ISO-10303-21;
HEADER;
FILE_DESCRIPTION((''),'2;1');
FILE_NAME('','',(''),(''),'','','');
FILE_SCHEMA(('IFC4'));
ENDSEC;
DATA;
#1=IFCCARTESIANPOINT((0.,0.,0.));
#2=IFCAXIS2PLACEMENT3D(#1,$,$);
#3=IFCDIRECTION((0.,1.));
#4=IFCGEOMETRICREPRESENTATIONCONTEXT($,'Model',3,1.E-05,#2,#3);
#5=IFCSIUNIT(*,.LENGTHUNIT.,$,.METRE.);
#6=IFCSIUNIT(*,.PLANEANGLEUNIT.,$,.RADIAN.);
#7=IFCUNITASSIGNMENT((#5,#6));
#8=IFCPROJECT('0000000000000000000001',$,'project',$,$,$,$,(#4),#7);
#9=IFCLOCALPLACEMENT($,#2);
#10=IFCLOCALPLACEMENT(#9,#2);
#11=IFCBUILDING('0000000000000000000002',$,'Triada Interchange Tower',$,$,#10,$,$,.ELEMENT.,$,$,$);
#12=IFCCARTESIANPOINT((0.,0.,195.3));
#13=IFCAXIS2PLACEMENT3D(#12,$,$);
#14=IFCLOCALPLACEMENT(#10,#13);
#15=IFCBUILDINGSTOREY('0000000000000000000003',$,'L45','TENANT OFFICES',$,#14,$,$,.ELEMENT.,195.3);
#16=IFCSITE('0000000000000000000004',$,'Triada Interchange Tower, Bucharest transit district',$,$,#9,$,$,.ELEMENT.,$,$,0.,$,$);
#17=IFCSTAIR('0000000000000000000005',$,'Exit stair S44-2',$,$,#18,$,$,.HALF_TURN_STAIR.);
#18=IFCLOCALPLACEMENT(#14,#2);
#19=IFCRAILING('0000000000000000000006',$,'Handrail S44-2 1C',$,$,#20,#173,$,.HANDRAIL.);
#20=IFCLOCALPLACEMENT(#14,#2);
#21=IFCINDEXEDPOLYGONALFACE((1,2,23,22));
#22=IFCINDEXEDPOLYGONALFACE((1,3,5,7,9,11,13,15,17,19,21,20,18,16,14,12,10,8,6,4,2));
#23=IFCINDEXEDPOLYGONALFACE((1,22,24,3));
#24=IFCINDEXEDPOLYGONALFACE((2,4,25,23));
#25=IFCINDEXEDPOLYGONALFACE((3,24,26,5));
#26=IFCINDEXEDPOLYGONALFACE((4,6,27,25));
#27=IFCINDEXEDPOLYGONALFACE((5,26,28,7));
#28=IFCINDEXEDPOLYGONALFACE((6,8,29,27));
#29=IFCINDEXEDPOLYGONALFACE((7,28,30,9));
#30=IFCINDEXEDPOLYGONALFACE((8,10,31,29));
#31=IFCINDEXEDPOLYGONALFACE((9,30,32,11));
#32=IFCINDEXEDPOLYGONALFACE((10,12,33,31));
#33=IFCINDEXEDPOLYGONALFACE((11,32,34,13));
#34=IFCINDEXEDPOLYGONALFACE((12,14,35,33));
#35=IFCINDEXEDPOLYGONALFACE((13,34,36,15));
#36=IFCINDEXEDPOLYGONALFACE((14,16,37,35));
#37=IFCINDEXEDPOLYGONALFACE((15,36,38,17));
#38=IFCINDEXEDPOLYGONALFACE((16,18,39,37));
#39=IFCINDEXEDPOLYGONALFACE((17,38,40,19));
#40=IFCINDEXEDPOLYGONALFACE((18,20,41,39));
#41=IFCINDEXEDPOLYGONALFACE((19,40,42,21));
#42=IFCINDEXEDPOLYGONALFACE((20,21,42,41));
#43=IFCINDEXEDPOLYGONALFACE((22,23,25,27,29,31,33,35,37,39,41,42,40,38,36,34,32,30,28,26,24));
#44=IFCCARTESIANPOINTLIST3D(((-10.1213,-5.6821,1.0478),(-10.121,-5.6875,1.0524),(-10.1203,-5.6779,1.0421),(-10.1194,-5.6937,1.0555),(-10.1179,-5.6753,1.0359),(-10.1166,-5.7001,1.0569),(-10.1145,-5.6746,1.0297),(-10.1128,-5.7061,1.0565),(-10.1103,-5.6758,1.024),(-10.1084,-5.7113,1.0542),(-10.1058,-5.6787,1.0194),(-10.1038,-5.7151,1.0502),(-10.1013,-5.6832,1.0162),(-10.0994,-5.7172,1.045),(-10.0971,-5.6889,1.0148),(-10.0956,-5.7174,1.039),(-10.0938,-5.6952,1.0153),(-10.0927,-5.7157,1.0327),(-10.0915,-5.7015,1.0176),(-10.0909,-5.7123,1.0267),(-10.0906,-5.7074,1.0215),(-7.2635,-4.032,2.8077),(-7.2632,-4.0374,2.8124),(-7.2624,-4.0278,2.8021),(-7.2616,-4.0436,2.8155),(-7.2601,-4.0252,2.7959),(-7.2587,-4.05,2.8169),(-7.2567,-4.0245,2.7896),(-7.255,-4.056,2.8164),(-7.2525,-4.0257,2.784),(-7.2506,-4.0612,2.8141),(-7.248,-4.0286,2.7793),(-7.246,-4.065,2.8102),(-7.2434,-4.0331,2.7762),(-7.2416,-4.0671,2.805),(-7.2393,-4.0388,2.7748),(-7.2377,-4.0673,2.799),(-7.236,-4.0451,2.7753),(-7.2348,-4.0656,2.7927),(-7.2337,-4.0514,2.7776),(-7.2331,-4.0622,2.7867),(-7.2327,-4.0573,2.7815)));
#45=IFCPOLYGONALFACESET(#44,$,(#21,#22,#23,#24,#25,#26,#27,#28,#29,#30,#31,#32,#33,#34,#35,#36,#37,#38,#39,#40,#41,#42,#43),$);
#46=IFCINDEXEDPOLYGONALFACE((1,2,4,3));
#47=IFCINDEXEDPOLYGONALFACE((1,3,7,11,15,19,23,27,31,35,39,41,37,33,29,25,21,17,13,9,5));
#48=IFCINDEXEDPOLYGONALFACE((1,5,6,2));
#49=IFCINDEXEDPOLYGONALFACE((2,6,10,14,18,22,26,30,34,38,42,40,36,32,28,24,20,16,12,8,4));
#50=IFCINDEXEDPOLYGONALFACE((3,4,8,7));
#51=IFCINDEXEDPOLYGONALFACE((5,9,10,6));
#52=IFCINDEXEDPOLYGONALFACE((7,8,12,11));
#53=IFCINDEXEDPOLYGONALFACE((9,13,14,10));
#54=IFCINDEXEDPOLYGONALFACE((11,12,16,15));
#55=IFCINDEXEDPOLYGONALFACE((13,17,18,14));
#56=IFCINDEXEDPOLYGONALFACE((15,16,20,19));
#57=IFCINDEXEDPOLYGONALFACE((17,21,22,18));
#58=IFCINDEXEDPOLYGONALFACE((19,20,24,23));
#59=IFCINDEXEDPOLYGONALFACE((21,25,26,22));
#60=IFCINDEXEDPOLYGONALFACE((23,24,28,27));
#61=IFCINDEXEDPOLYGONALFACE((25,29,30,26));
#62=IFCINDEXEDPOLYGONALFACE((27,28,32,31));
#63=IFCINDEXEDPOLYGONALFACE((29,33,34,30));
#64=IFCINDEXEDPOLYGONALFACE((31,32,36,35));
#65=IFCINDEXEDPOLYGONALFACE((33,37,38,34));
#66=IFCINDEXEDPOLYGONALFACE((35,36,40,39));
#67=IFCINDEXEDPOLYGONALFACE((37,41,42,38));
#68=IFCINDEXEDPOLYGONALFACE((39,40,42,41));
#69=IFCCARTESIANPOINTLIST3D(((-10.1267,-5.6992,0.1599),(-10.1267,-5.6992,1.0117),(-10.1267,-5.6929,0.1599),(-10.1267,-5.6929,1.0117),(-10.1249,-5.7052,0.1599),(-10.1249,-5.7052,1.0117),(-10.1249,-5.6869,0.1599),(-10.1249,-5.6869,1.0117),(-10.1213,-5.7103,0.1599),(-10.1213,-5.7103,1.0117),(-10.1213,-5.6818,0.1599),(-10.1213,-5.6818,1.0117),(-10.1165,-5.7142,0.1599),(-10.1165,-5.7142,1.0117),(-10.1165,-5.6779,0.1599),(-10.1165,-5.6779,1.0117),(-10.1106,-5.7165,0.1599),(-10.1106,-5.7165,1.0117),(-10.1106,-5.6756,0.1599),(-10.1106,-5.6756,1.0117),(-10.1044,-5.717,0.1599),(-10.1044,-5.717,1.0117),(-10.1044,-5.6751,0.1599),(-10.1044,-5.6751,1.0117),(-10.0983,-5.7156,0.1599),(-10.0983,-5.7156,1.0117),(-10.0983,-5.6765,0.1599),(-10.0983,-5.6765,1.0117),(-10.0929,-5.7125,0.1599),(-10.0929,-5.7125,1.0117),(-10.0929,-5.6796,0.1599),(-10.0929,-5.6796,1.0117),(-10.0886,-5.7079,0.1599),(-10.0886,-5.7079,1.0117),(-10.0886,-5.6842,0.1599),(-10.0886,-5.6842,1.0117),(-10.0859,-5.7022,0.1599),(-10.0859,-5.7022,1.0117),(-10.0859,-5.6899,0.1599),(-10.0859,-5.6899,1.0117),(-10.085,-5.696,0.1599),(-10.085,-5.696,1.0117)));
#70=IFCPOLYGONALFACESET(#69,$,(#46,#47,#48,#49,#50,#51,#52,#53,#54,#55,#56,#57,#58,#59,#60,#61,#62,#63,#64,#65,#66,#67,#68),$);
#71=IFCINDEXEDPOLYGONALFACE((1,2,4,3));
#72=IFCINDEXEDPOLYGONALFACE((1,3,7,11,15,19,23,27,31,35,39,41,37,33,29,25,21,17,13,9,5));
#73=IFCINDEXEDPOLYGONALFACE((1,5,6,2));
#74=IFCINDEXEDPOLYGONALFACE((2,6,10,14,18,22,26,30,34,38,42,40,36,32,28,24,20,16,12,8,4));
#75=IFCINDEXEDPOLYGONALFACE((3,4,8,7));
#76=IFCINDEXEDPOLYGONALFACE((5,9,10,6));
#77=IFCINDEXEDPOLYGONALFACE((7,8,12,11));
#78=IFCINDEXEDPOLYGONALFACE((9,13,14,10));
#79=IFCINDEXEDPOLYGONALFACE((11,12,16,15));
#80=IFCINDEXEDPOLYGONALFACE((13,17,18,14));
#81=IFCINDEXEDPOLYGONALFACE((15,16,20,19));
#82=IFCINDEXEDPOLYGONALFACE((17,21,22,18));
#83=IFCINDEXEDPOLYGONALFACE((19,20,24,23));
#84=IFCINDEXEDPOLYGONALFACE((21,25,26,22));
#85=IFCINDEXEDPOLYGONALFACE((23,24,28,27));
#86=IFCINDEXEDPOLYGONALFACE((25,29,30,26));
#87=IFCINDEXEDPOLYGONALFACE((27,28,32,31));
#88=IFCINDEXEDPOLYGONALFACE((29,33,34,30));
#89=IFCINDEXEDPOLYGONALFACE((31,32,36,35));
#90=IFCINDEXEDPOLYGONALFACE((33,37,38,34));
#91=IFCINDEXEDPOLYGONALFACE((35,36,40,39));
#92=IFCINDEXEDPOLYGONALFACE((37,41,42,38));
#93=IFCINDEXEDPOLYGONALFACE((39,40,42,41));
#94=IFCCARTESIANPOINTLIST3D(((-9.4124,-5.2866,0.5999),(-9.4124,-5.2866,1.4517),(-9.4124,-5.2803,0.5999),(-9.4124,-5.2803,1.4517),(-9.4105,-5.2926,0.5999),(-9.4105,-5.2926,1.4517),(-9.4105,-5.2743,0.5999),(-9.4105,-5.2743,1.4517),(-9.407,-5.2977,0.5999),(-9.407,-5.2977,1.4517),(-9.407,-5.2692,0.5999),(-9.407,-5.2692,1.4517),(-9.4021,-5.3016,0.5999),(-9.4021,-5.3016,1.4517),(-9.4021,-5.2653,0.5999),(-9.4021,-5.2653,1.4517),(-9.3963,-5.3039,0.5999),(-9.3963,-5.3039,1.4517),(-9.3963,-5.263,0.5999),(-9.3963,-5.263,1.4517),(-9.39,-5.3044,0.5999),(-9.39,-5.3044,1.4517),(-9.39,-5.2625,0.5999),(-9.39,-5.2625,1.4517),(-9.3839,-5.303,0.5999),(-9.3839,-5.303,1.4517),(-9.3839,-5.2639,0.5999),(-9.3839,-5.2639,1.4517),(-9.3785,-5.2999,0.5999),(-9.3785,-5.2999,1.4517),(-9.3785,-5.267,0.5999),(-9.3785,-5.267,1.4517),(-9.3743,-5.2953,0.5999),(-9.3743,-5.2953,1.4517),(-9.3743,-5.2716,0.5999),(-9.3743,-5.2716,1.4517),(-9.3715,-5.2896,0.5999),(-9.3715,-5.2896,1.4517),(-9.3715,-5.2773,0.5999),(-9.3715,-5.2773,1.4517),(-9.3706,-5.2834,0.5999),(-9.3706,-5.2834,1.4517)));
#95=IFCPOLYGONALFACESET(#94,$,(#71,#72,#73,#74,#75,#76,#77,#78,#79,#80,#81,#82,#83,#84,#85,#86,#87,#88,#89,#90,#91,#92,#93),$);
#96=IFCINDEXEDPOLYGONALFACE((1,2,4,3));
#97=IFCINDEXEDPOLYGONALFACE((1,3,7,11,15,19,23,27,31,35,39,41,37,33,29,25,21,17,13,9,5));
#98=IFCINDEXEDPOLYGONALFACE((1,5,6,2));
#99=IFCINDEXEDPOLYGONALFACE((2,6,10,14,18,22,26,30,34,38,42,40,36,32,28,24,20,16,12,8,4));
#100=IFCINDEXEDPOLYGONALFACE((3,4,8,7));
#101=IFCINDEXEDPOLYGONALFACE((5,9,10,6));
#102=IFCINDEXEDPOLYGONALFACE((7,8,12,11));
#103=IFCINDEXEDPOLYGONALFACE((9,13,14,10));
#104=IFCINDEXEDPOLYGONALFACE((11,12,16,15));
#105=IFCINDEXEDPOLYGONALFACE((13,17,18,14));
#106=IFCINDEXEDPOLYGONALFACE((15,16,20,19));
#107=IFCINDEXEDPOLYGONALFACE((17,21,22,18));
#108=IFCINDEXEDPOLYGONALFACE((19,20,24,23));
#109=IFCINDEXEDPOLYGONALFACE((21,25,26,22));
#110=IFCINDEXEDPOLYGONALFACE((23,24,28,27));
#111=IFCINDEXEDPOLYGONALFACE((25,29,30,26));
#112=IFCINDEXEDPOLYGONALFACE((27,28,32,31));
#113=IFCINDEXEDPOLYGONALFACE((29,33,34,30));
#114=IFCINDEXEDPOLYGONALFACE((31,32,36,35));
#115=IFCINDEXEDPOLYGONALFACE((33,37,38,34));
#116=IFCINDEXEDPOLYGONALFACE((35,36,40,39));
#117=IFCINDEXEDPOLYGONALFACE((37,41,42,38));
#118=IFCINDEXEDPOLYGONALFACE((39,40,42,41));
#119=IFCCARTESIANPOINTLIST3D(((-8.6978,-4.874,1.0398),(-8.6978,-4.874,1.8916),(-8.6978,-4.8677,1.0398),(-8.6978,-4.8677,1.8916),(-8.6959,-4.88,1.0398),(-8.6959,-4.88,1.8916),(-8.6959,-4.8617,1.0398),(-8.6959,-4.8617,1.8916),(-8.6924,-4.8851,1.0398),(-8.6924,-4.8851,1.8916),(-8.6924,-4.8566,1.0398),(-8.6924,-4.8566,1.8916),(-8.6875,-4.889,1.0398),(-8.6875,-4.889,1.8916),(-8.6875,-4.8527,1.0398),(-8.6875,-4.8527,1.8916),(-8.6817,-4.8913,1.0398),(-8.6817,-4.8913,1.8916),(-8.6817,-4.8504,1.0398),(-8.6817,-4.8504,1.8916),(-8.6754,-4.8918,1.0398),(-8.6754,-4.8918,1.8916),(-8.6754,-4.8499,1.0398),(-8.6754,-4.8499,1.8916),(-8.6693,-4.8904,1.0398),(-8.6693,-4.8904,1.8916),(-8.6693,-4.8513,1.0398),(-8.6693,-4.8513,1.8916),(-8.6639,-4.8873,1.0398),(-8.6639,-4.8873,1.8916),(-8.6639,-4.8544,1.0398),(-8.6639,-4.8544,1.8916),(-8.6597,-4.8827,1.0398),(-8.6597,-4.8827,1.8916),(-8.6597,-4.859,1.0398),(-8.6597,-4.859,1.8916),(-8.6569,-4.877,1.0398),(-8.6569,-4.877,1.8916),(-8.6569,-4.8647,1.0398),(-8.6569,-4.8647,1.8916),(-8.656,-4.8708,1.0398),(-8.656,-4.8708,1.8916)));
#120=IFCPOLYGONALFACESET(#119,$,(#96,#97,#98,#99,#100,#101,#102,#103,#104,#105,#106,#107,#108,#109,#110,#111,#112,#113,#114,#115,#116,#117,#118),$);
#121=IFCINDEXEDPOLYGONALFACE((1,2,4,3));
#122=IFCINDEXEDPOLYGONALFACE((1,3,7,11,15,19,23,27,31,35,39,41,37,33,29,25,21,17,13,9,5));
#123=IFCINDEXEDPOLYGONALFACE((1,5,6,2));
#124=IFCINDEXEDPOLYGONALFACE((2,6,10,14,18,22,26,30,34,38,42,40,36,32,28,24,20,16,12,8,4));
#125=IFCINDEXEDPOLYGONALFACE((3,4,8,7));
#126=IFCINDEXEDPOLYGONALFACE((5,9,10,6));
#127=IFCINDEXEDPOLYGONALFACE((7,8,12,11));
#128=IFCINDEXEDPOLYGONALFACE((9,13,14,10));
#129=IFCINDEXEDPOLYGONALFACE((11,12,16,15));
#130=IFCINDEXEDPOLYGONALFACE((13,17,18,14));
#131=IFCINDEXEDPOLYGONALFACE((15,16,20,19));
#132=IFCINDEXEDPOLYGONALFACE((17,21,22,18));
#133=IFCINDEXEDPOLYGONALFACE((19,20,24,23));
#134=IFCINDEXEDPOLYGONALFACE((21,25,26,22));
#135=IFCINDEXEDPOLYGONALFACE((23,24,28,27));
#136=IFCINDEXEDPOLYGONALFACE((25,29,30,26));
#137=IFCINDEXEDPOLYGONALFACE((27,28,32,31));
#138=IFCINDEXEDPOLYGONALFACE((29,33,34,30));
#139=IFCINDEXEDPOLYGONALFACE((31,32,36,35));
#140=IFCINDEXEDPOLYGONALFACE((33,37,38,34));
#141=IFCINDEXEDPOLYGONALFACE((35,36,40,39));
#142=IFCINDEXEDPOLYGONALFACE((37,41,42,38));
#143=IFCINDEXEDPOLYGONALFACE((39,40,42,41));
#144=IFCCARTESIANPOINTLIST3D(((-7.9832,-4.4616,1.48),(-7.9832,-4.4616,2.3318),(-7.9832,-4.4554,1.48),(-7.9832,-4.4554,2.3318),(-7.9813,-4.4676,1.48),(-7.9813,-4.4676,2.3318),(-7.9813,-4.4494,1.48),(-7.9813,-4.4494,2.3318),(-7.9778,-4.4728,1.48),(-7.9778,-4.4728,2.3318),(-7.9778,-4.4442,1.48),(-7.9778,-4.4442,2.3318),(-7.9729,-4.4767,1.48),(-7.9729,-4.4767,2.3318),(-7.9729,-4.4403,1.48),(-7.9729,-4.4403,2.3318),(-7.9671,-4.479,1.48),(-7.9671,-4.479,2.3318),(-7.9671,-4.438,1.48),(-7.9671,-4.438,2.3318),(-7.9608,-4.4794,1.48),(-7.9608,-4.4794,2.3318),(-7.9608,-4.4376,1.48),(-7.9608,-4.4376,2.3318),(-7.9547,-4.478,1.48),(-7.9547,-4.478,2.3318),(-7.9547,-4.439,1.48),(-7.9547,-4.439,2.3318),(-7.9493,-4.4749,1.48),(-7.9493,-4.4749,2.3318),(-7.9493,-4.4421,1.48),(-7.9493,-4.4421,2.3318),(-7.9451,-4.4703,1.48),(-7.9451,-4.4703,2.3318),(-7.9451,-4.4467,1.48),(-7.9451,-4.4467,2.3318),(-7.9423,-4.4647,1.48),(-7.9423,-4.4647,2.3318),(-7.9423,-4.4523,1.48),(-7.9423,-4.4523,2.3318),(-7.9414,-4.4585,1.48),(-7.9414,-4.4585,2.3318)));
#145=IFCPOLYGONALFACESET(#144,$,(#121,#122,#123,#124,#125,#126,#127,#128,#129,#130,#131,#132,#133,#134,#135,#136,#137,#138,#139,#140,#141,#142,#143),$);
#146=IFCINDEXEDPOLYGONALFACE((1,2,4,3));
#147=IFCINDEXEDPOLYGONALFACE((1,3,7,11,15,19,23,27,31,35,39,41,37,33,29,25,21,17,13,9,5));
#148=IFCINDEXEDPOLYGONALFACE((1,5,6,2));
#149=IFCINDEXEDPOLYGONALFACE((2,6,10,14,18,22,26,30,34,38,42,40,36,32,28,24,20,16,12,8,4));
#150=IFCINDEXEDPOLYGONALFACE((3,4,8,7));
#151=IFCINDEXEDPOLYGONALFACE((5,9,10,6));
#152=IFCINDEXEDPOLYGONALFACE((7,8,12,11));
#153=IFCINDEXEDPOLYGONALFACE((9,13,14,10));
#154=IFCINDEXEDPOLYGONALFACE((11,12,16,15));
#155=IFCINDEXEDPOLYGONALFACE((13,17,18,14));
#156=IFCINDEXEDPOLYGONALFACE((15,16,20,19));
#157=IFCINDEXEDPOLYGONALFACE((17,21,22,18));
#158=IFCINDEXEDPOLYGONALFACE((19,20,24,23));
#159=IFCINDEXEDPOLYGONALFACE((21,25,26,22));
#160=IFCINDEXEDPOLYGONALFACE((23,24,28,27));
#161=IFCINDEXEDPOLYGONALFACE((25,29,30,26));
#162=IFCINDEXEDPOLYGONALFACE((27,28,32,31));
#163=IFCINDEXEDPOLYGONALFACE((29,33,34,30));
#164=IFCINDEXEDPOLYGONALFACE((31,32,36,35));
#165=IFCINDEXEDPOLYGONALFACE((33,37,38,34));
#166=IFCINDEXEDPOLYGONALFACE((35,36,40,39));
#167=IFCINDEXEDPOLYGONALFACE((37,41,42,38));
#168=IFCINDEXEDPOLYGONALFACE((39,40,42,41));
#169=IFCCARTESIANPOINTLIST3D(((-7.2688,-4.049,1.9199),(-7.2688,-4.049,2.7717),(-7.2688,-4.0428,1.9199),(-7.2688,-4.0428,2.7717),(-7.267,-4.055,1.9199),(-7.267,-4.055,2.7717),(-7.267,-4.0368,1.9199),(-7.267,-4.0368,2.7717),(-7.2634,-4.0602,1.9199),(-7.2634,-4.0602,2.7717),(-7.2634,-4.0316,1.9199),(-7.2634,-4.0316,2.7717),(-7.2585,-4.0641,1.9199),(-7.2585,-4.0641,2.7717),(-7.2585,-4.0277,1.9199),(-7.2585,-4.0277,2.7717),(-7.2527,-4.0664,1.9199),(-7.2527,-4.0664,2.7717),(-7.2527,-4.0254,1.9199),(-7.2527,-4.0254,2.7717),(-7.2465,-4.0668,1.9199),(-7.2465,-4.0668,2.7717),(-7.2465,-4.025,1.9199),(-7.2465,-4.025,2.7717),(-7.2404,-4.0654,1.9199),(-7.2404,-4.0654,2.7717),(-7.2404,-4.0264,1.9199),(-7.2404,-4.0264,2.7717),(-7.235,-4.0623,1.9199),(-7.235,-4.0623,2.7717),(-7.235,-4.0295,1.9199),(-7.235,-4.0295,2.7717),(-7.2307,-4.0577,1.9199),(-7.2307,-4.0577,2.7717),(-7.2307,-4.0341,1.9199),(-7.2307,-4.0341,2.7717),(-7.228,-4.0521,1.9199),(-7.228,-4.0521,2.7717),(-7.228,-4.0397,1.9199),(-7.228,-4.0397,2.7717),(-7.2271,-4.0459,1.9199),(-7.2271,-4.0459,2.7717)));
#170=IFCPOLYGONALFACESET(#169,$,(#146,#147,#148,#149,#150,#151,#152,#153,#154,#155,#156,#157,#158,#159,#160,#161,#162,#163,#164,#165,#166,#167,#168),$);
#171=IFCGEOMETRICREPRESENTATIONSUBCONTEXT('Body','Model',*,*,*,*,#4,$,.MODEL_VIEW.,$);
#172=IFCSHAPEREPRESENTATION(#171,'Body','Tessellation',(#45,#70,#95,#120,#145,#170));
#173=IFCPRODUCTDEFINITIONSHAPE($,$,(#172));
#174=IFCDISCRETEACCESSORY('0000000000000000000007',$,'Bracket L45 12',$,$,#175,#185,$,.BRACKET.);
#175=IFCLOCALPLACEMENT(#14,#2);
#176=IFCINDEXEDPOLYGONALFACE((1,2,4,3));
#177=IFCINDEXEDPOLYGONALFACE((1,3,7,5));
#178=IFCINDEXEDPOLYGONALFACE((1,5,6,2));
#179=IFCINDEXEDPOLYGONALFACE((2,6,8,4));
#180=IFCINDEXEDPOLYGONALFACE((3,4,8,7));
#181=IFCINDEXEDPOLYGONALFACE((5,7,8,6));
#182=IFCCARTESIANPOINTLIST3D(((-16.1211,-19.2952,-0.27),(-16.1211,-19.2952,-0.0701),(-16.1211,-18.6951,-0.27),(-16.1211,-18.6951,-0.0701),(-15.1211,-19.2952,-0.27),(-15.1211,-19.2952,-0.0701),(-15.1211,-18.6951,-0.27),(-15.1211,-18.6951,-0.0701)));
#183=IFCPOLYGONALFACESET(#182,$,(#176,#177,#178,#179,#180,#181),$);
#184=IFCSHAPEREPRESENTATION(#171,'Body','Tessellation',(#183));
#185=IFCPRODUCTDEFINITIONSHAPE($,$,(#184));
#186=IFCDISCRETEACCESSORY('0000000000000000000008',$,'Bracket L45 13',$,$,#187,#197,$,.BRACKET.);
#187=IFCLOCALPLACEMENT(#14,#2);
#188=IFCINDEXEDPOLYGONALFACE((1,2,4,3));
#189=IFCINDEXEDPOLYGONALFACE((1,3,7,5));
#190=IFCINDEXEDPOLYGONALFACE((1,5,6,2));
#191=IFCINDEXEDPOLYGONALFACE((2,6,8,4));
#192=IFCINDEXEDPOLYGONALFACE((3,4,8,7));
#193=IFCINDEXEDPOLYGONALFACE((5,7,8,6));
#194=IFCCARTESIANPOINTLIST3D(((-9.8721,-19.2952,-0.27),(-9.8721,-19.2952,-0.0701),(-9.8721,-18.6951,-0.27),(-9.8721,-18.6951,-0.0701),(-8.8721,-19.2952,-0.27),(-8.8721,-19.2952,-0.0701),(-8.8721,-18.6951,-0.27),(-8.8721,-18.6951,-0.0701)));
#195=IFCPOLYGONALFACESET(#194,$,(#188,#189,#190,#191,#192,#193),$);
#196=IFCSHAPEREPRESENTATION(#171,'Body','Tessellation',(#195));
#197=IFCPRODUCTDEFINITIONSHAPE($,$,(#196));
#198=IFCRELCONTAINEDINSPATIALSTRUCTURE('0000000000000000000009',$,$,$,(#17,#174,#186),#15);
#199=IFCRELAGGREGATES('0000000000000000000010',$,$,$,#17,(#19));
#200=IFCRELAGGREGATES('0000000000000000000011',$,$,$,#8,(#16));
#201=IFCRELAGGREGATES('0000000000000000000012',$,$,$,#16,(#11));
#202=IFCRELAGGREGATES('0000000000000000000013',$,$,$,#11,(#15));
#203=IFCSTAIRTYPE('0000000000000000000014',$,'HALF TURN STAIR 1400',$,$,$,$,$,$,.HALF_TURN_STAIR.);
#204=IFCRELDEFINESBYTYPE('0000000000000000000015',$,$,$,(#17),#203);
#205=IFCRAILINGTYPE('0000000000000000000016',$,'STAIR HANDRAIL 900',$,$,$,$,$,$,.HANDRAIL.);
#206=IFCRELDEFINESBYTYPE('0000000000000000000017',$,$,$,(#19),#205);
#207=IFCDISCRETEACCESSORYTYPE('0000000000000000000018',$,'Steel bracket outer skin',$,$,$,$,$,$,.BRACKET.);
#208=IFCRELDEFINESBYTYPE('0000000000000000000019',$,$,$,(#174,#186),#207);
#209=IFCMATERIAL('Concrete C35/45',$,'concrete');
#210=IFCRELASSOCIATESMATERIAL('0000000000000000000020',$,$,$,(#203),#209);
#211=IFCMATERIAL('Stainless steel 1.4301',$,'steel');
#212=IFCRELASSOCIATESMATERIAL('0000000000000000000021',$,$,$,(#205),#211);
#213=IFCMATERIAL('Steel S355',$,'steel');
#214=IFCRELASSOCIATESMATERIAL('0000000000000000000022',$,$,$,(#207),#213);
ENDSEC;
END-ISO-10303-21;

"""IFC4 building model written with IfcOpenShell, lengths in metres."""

from ifc_helpers import new_model, si_unit, direction, frame, origin, origin_2d, place, context, subcontext, project, spatial, rectangle, circle, extrude, material, type_object, element, aggregate, save


model = new_model("IFC4")

# Units and contexts
model_context = context("Model", 3, precision=1e-05, world=origin(), true_north=direction((0.0, 1.0)))
body_context = subcontext(model_context, "Body", "Model", "MODEL_VIEW")
ifc_project = project(units=[si_unit("LENGTHUNIT", "METRE"), si_unit("PLANEANGLEUNIT", "RADIAN")], contexts=[model_context])

# Site, building, storey
site_placement = place(None, origin())
site = spatial("IfcSite", under=ifc_project, at=site_placement, Name="Triada Interchange Tower, Bucharest transit district", CompositionType="ELEMENT", RefElevation=0.0)
building_placement = place(site_placement, origin())
building = spatial("IfcBuilding", under=site, at=building_placement, Name="Triada Interchange Tower", CompositionType="ELEMENT")
storey_placement = place(building_placement, frame((0.0, 0.0, 195.3)))
storey = spatial("IfcBuildingStorey", under=building, at=storey_placement, Name="L45", Description="TENANT OFFICES", CompositionType="ELEMENT", Elevation=195.3)

# Stair
ifc_material_1 = material(Name="Concrete C35/45", Category="concrete")
stair_type = type_object("IfcStairType", Name="HALF TURN STAIR 1400", PredefinedType="HALF_TURN_STAIR", material=ifc_material_1)
stair_placement = place(storey_placement, origin())
stair = element("IfcStair", 1, at=stair_placement, inside=storey, type_object=stair_type, Name="Exit stair S44-2", PredefinedType="HALF_TURN_STAIR")

# Railing
ifc_material_2 = material(Name="Stainless steel 1.4301", Category="steel")
railing_type = type_object("IfcRailingType", Name="STAIR HANDRAIL 900", PredefinedType="HANDRAIL", material=ifc_material_2)
railing_1_placement = place(storey_placement, frame((-10.106, -5.696, 0.1599)))
railing_1 = element("IfcRailing", 2, at=railing_1_placement, type_object=railing_type, Name="Handrail S44-2 1C", PredefinedType="HANDRAIL", context=body_context, shape_type="SweptSolid", body=[
    extrude(circle(Radius=0.0239, at=origin_2d()), frame((0.0, 0.0, 0.876), z_axis=(0.764129, 0.441205, 0.47058), x_axis=(-0.50003, 0.866008, 0.0)), (0.0, 0.0, 1.0), 3.74),
    extrude(circle(Radius=0.021, at=origin_2d()), origin(), (0.0, 0.0, 1.0), 0.8518),
    extrude(circle(Radius=0.021, at=origin_2d()), frame((0.7144, 0.4126, 0.4399)), (0.0, 0.0, 1.0), 0.8518),
    extrude(circle(Radius=0.021, at=origin_2d()), frame((1.429, 0.8252, 0.8799)), (0.0, 0.0, 1.0), 0.8518),
    extrude(circle(Radius=0.021, at=origin_2d()), frame((2.1436, 1.2375, 1.3201)), (0.0, 0.0, 1.0), 0.8518),
    extrude(circle(Radius=0.021, at=origin_2d()), frame((2.8579, 1.6501, 1.76)), (0.0, 0.0, 1.0), 0.8518),
])
aggregate(stair, [railing_1])

# Discrete accessories
ifc_material_3 = material(Name="Steel S355", Category="steel")
discrete_accessory_type = type_object("IfcDiscreteAccessoryType", Name="Steel bracket outer skin", PredefinedType="BRACKET", material=ifc_material_3)
for number, where, z_axis, x_axis, name in (
    (3, (-15.6211, -18.9951, -0.27), (0.0, 0.0, 1.0), (0.0, -1.0, 0.0), "Bracket L45 12"),
    (4, (-9.3721, -18.9951, -0.27), (0.0, 0.0, 1.0), (0.0, -1.0, 0.0), "Bracket L45 13"),
):
    element("IfcDiscreteAccessory", number, at=place(storey_placement, frame(where, z_axis=z_axis, x_axis=x_axis)), inside=storey, type_object=discrete_accessory_type, Name=name, PredefinedType="BRACKET", context=body_context, shape_type="SweptSolid", body=[
        extrude(rectangle(XDim=0.6001, YDim=1.0, at=origin_2d()), origin(), (0.0, 0.0, 1.0), 0.2),
    ])

save(model, "model.ifc")
